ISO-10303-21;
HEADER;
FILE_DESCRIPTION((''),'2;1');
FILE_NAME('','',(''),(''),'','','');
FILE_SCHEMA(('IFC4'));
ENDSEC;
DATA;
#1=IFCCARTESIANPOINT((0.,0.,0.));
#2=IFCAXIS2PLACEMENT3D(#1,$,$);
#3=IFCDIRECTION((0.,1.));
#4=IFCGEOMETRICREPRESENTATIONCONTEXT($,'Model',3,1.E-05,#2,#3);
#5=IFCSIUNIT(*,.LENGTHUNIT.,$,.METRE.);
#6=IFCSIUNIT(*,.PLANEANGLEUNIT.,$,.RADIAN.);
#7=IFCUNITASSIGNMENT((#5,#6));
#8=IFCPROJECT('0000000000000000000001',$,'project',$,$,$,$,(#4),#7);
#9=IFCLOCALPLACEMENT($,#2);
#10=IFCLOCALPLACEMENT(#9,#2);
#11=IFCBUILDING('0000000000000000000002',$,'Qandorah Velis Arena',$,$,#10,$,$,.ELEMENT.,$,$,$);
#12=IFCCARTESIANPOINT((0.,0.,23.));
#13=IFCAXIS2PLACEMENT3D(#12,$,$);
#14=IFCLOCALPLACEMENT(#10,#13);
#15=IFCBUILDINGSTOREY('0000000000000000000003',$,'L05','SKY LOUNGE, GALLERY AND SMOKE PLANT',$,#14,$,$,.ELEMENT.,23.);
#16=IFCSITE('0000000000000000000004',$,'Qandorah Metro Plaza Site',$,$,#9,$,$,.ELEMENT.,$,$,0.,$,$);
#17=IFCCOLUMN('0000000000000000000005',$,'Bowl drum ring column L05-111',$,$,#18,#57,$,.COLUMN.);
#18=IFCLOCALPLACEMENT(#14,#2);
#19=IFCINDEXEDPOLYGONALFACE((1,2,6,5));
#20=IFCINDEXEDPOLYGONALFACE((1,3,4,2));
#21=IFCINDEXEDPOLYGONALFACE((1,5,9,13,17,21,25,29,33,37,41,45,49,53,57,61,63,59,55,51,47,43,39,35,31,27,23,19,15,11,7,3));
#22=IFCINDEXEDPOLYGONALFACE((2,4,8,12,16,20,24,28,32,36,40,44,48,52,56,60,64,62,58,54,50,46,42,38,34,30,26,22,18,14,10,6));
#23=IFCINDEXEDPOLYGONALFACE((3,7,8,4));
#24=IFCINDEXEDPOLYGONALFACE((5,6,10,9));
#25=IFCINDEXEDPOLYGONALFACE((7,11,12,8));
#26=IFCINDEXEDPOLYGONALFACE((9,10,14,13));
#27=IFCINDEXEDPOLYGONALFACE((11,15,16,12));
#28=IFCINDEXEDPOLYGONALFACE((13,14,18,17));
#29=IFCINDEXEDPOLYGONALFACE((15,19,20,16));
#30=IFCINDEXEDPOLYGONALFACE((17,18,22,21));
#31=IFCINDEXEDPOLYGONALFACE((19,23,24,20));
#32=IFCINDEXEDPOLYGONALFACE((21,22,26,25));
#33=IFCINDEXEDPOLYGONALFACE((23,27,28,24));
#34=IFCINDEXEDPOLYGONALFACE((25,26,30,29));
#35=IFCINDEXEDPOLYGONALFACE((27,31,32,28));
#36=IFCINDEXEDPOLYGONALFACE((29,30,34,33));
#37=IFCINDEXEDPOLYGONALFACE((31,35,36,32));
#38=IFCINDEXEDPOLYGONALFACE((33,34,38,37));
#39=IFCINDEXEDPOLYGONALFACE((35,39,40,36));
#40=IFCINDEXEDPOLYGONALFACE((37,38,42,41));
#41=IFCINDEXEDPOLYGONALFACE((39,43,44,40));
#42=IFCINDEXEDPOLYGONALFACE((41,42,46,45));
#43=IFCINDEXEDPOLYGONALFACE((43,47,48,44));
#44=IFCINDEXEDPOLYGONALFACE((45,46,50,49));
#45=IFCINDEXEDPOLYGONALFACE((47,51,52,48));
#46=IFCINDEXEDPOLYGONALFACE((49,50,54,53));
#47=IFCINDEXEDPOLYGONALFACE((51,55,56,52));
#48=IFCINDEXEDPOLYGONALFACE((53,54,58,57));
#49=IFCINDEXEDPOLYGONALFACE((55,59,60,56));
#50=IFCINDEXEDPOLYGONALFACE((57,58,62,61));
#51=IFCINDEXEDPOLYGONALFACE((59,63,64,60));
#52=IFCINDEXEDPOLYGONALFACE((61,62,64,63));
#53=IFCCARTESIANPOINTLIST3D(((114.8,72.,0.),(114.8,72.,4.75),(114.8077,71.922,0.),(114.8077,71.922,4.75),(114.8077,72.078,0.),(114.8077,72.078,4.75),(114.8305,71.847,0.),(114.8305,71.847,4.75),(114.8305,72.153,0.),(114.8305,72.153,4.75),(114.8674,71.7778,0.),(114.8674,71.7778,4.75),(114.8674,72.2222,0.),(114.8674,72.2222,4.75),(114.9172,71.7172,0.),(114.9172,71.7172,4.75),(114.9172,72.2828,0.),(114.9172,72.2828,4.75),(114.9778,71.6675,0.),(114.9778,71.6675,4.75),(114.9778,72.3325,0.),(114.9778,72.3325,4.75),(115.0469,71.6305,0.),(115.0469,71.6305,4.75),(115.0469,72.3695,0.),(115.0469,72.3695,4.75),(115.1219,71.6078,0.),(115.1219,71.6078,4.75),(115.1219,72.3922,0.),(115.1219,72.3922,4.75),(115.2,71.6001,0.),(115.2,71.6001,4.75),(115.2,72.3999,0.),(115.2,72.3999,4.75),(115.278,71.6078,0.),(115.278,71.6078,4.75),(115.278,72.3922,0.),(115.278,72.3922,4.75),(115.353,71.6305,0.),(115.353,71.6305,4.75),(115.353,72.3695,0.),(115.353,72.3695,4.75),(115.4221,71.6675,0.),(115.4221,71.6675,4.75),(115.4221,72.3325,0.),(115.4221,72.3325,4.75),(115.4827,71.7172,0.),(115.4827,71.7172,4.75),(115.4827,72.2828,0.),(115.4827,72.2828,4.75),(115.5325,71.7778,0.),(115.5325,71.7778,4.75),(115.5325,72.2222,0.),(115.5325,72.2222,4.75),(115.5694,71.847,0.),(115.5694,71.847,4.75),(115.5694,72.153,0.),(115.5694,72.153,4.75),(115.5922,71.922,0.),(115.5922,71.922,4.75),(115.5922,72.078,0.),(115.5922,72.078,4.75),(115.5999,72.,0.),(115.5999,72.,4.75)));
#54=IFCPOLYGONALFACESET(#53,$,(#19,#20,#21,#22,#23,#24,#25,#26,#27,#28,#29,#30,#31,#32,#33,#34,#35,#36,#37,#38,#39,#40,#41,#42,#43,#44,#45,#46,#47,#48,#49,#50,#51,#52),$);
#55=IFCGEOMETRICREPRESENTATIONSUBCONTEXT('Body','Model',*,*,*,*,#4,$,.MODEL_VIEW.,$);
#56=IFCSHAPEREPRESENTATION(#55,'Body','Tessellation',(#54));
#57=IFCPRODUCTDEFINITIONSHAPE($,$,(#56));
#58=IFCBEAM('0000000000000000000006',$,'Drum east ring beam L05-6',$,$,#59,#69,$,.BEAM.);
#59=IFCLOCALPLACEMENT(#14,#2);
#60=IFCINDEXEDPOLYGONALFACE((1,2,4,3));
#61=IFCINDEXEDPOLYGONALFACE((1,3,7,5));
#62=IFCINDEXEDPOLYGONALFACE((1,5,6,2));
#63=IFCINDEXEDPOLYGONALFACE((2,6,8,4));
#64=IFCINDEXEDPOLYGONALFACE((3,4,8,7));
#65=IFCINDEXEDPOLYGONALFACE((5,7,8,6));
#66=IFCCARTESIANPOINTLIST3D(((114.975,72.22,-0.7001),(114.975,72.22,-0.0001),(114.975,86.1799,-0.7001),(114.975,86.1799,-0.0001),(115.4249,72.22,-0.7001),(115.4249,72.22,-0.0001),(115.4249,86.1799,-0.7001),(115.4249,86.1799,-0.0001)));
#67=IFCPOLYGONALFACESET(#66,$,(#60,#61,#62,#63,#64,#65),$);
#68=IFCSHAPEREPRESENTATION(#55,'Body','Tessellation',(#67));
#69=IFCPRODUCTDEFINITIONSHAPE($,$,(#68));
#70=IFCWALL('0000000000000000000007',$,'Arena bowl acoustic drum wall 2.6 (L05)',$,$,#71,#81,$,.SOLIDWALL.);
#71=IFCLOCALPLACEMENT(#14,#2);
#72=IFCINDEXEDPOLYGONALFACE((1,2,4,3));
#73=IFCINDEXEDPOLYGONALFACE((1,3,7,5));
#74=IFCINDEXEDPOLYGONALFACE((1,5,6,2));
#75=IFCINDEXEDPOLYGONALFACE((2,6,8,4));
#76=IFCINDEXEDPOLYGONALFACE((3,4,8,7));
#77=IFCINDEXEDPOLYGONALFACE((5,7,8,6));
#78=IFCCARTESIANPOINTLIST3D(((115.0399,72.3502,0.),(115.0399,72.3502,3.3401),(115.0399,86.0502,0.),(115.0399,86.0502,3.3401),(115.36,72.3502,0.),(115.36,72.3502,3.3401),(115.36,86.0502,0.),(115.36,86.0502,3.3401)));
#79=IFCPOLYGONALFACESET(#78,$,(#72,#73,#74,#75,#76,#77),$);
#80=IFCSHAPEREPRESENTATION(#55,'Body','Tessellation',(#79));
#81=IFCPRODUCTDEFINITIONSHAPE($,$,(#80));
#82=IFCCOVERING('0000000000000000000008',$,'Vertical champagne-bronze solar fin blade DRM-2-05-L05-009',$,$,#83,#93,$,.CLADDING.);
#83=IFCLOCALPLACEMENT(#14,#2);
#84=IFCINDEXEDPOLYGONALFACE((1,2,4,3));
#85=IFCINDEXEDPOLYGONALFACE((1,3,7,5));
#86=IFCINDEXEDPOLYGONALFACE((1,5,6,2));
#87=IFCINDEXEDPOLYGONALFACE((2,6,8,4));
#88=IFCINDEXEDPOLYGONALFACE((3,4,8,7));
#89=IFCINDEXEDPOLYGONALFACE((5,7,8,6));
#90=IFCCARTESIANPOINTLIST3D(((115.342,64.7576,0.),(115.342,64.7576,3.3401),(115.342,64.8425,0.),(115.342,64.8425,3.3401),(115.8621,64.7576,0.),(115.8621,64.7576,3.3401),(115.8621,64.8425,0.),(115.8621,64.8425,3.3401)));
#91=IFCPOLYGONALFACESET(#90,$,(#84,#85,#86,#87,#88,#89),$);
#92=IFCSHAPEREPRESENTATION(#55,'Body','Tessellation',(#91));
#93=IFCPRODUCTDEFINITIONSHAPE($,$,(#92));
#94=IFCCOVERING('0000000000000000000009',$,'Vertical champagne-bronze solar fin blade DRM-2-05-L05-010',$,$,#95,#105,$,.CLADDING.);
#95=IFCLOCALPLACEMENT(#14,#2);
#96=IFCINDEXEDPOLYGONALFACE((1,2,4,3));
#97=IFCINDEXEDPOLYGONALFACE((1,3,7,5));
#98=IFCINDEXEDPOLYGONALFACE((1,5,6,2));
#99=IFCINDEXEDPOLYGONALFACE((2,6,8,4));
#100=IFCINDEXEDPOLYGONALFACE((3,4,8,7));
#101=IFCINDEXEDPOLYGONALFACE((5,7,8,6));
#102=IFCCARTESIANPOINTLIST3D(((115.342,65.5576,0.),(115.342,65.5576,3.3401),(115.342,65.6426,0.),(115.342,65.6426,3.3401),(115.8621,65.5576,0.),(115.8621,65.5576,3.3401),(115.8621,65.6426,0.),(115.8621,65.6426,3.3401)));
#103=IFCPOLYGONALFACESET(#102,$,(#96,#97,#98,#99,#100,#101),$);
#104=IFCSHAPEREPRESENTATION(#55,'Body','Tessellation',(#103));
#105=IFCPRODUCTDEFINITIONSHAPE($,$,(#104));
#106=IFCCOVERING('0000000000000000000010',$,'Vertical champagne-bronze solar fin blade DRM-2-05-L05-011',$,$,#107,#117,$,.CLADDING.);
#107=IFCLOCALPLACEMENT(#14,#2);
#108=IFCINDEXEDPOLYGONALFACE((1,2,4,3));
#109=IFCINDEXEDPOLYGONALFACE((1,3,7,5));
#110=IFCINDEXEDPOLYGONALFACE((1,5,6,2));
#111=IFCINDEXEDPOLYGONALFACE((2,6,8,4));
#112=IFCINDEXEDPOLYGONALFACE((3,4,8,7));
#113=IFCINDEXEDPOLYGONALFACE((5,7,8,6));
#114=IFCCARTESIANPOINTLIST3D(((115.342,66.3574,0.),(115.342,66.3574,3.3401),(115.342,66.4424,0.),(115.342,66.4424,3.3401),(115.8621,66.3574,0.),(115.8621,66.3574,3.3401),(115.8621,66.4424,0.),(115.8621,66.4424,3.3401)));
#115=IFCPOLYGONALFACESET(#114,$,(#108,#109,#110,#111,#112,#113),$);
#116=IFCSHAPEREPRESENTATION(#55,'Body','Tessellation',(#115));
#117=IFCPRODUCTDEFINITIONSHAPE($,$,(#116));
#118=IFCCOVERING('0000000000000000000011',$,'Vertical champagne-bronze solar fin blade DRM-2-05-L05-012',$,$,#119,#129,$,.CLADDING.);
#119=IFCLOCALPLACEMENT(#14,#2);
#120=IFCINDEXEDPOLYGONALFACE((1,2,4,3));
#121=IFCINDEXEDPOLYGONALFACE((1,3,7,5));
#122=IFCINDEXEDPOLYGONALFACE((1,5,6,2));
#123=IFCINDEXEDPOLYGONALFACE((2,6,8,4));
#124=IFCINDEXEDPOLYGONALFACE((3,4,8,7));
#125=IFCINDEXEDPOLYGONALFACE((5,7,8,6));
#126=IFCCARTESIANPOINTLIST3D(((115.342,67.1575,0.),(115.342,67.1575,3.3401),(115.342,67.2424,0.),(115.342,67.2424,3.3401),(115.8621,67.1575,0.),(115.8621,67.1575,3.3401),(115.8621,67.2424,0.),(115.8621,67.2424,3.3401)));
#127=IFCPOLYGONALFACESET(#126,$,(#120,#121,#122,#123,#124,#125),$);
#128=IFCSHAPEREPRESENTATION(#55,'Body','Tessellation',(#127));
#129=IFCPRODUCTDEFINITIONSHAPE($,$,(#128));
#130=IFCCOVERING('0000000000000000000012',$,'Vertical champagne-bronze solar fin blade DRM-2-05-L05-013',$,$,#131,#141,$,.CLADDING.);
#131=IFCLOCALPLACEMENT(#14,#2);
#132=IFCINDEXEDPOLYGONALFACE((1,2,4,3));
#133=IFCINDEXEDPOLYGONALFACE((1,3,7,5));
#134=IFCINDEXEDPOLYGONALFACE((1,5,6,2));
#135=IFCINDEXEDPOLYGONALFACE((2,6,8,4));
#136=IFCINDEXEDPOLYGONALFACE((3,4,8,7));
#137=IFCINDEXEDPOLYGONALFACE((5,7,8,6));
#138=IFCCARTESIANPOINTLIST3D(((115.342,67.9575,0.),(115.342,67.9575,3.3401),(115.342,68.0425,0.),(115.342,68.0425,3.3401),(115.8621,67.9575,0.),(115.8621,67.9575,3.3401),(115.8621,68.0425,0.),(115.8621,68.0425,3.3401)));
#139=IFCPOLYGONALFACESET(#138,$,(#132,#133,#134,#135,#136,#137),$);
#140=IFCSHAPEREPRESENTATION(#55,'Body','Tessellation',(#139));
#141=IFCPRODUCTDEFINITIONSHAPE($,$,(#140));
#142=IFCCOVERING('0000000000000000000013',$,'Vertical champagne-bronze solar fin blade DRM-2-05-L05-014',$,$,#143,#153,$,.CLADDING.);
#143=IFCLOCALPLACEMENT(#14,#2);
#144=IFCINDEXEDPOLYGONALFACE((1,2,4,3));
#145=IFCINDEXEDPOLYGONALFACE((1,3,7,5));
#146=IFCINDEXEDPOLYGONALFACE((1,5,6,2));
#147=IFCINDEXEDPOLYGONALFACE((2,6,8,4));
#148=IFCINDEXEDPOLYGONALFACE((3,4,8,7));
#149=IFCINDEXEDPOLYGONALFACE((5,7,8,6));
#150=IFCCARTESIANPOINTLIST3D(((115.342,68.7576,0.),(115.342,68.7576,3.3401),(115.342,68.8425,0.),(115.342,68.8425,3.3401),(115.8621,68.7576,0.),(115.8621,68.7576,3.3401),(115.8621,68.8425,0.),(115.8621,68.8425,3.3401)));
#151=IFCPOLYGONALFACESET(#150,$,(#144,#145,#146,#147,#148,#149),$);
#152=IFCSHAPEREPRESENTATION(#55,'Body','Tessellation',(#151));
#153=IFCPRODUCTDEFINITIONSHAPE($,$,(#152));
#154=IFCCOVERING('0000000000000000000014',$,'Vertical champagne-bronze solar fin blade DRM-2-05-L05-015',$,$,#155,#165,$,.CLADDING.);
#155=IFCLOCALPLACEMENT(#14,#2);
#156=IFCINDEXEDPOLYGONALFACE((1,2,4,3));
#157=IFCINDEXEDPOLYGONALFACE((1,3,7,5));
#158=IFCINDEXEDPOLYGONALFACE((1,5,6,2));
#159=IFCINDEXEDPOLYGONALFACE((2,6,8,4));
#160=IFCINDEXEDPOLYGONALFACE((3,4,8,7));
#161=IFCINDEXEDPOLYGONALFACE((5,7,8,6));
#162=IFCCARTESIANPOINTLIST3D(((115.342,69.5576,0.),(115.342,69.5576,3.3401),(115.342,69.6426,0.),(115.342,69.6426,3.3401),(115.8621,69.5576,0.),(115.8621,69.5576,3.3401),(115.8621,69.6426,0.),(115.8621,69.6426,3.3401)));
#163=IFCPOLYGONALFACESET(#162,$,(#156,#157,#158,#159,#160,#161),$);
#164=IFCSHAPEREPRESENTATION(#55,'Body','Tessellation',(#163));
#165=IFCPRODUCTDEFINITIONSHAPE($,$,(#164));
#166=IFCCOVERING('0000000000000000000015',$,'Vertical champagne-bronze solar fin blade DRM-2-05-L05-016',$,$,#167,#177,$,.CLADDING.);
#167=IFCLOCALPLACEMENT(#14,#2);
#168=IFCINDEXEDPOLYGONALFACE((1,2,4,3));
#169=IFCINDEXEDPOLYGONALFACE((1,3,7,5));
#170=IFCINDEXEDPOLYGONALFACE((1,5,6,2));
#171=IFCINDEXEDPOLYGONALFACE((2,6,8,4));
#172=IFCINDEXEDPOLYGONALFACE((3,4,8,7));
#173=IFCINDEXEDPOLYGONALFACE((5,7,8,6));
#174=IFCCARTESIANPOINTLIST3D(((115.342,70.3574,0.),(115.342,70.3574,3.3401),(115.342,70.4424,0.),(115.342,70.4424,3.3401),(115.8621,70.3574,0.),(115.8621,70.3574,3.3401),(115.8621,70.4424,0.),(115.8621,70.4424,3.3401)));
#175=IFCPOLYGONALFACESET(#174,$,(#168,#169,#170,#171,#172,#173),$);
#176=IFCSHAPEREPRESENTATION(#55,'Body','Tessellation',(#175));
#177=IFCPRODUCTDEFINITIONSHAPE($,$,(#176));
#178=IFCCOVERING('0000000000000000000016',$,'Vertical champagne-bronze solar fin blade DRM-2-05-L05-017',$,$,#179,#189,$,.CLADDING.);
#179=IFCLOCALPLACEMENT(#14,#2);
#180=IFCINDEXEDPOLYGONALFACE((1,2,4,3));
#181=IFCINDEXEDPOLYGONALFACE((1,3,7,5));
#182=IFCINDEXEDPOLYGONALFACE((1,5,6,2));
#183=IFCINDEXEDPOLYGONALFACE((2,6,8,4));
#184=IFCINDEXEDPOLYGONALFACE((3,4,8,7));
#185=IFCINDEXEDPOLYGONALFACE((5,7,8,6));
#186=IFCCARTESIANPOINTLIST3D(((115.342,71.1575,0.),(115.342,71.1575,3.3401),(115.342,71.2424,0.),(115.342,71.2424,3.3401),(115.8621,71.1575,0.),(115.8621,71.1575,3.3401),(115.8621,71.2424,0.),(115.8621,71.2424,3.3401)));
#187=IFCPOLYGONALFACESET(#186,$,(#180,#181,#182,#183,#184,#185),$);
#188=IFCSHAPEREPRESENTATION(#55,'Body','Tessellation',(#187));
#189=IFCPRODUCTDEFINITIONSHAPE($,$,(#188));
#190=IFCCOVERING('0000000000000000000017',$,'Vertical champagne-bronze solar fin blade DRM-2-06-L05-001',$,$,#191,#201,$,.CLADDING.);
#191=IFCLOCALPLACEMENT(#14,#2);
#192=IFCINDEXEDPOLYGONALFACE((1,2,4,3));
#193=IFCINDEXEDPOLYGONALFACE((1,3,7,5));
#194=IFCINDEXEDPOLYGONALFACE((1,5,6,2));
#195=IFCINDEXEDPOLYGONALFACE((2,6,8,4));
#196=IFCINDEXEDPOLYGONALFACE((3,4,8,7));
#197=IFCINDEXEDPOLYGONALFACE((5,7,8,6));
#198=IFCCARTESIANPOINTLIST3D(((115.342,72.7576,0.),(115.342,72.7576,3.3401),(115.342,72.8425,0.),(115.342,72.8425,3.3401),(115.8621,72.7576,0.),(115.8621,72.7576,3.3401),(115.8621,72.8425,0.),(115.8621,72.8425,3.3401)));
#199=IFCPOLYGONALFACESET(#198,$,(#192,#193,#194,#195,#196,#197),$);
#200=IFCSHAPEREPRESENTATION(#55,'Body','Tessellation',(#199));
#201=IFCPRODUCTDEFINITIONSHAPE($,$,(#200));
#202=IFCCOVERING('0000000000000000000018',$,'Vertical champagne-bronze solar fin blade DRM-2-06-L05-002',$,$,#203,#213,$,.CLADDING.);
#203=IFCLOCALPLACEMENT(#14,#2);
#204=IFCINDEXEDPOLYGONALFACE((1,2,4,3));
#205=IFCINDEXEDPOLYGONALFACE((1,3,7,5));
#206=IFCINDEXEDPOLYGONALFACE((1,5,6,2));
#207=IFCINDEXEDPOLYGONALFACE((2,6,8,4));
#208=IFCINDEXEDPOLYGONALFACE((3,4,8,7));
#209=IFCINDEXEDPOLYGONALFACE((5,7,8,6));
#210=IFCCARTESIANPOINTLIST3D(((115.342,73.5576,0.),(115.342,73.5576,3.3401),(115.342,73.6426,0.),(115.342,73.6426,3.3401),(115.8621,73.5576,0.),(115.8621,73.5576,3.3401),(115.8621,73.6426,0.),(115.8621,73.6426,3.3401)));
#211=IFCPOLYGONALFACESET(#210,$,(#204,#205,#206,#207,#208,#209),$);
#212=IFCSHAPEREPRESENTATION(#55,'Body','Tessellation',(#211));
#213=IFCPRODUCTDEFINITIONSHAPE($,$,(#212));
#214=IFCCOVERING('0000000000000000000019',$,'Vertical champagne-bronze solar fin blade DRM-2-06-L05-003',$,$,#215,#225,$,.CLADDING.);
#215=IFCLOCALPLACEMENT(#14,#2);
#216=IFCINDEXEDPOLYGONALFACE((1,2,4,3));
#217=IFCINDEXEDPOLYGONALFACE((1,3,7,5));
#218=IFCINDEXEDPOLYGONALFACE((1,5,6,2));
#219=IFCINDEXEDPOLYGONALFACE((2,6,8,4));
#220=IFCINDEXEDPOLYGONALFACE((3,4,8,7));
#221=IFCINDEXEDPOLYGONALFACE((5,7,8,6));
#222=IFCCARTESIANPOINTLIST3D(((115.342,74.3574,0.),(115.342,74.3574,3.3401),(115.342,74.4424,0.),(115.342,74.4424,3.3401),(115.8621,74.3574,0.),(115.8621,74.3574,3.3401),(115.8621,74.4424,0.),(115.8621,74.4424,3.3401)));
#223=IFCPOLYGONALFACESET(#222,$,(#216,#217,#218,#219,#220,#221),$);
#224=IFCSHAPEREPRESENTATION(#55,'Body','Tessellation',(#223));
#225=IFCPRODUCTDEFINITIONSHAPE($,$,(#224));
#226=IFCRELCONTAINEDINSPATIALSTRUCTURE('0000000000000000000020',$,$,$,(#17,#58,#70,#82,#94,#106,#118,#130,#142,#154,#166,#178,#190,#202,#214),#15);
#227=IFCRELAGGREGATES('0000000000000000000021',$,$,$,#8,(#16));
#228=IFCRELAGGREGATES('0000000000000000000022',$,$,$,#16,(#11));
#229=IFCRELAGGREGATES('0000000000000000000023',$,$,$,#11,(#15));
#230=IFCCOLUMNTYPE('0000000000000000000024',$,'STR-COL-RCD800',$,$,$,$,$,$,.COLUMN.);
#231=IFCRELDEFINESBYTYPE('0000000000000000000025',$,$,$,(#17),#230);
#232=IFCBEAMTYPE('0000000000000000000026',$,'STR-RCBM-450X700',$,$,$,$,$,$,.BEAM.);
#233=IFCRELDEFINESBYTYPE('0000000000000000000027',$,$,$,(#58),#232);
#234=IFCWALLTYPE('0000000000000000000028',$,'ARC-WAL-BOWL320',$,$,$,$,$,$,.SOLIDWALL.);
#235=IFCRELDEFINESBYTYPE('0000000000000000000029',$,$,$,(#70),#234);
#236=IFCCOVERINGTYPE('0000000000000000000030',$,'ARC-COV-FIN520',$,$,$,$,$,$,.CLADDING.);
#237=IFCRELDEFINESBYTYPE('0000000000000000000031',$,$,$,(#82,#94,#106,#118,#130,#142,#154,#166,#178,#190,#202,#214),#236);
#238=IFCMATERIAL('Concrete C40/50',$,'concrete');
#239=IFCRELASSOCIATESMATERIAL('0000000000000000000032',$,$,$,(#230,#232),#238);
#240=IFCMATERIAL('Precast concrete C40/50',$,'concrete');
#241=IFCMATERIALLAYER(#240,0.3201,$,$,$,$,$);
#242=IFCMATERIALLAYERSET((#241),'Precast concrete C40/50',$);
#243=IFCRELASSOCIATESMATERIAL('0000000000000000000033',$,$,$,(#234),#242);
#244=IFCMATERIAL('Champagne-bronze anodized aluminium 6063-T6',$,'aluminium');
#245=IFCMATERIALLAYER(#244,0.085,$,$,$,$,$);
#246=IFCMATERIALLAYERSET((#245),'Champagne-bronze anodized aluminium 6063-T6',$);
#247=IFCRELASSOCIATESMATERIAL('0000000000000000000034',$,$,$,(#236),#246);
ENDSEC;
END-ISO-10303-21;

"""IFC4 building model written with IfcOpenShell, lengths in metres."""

from ifc_helpers import new_model, si_unit, direction, frame, frame_2d, origin, origin_2d, place, context, subcontext, project, spatial, rectangle, circle, extrude, material, layer, layer_set, material_profile, profile_set, type_object, element, save


model = new_model("IFC4")

# Units and contexts
model_context = context("Model", 3, precision=1e-05, world=origin(), true_north=direction((0.0, 1.0)))
body_context = subcontext(model_context, "Body", "Model", "MODEL_VIEW")
ifc_project = project(units=[si_unit("LENGTHUNIT", "METRE"), si_unit("PLANEANGLEUNIT", "RADIAN")], contexts=[model_context])

# Site, building, storey
site_placement = place(None, origin())
site = spatial("IfcSite", under=ifc_project, at=site_placement, Name="Qandorah Metro Plaza Site", CompositionType="ELEMENT", RefElevation=0.0)
building_placement = place(site_placement, origin())
building = spatial("IfcBuilding", under=site, at=building_placement, Name="Qandorah Velis Arena", CompositionType="ELEMENT")
storey_placement = place(building_placement, frame((0.0, 0.0, 23.0)))
storey = spatial("IfcBuildingStorey", under=building, at=storey_placement, Name="L05", Description="SKY LOUNGE, GALLERY AND SMOKE PLANT", CompositionType="ELEMENT", Elevation=23.0)

# Column
ifc_material_1 = material(Name="Concrete C40/50", Category="concrete")
ifc_material_profile_1 = material_profile(ifc_material_1, circle(Radius=0.3999, at=origin_2d()), Name="RC D800")
ifc_profile_set_1 = profile_set([ifc_material_profile_1], Name="Concrete C40/50")
column_type = type_object("IfcColumnType", Name="STR-COL-RCD800", PredefinedType="COLUMN", material=ifc_profile_set_1)
column_placement = place(storey_placement, frame((115.2, 72.0, 0.0), z_axis=(0.0, 0.0, 1.0), x_axis=(1.0, 0.0, 0.0)))
element("IfcColumn", 1, at=column_placement, inside=storey, type_object=column_type, Name="Bowl drum ring column L05-111", PredefinedType="COLUMN", context=body_context, shape_type="SweptSolid", body=[
    extrude(circle(Radius=0.3999, at=origin_2d()), origin(), (0.0, 0.0, 1.0), 4.75),
])

# Beam
ifc_material_profile_2 = material_profile(ifc_material_1, rectangle(XDim=0.45, YDim=0.7, at=origin_2d()), Name="RC BM 450x700")
ifc_profile_set_2 = profile_set([ifc_material_profile_2], Name="Concrete C40/50")
beam_type = type_object("IfcBeamType", Name="STR-RCBM-450X700", PredefinedType="BEAM", material=ifc_profile_set_2)
beam_placement = place(storey_placement, frame((115.2, 72.22, -0.3501), z_axis=(0.0, 1.0, 0.0), x_axis=(-1.0, 0.0, 0.0)))
element("IfcBeam", 2, at=beam_placement, inside=storey, type_object=beam_type, Name="Drum east ring beam L05-6", PredefinedType="BEAM", context=body_context, shape_type="SweptSolid", body=[
    extrude(rectangle(XDim=0.45, YDim=0.7, at=origin_2d()), origin(), (0.0, 0.0, 1.0), 13.96),
])

# Wall
ifc_material_2 = material(Name="Precast concrete C40/50", Category="concrete")
ifc_layer_1 = layer(ifc_material_2, 0.3201)
ifc_layer_set_1 = layer_set([ifc_layer_1], Name="Precast concrete C40/50")
wall_type = type_object("IfcWallType", Name="ARC-WAL-BOWL320", PredefinedType="SOLIDWALL", material=ifc_layer_set_1)
wall_placement = place(storey_placement, frame((115.2, 72.3501, 0.0), z_axis=(0.0, 0.0, 1.0), x_axis=(0.0, 1.0, 0.0)))
element("IfcWall", 3, at=wall_placement, inside=storey, type_object=wall_type, Name="Arena bowl acoustic drum wall 2.6 (L05)", PredefinedType="SOLIDWALL", context=body_context, shape_type="SweptSolid", body=[
    extrude(rectangle(XDim=13.7, YDim=0.3201, at=frame_2d((6.8501, 0.0))), origin(), (0.0, 0.0, 1.0), 3.3401),
])

# Coverings
ifc_material_3 = material(Name="Champagne-bronze anodized aluminium 6063-T6", Category="aluminium")
ifc_layer_2 = layer(ifc_material_3, 0.085)
ifc_layer_set_2 = layer_set([ifc_layer_2], Name="Champagne-bronze anodized aluminium 6063-T6")
covering_type = type_object("IfcCoveringType", Name="ARC-COV-FIN520", PredefinedType="CLADDING", material=ifc_layer_set_2)
for number, where, z_axis, x_axis, name in (
    (4, (115.6021, 64.8, 0.0), (0.0, 0.0, 1.0), (1.0, 0.0, 0.0), "Vertical champagne-bronze solar fin blade DRM-2-05-L05-009"),
    (5, (115.6021, 65.6001, 0.0), (0.0, 0.0, 1.0), (1.0, 0.0, 0.0), "Vertical champagne-bronze solar fin blade DRM-2-05-L05-010"),
    (6, (115.6021, 66.3999, 0.0), (0.0, 0.0, 1.0), (1.0, 0.0, 0.0), "Vertical champagne-bronze solar fin blade DRM-2-05-L05-011"),
    (7, (115.6021, 67.2, 0.0), (0.0, 0.0, 1.0), (1.0, 0.0, 0.0), "Vertical champagne-bronze solar fin blade DRM-2-05-L05-012"),
    (8, (115.6021, 68.0, 0.0), (0.0, 0.0, 1.0), (1.0, 0.0, 0.0), "Vertical champagne-bronze solar fin blade DRM-2-05-L05-013"),
    (9, (115.6021, 68.8, 0.0), (0.0, 0.0, 1.0), (1.0, 0.0, 0.0), "Vertical champagne-bronze solar fin blade DRM-2-05-L05-014"),
    (10, (115.6021, 69.6001, 0.0), (0.0, 0.0, 1.0), (1.0, 0.0, 0.0), "Vertical champagne-bronze solar fin blade DRM-2-05-L05-015"),
    (11, (115.6021, 70.3999, 0.0), (0.0, 0.0, 1.0), (1.0, 0.0, 0.0), "Vertical champagne-bronze solar fin blade DRM-2-05-L05-016"),
    (12, (115.6021, 71.2, 0.0), (0.0, 0.0, 1.0), (1.0, 0.0, 0.0), "Vertical champagne-bronze solar fin blade DRM-2-05-L05-017"),
    (13, (115.6021, 72.8, 0.0), (0.0, 0.0, 1.0), (1.0, 0.0, 0.0), "Vertical champagne-bronze solar fin blade DRM-2-06-L05-001"),
    (14, (115.6021, 73.6001, 0.0), (0.0, 0.0, 1.0), (1.0, 0.0, 0.0), "Vertical champagne-bronze solar fin blade DRM-2-06-L05-002"),
    (15, (115.6021, 74.3999, 0.0), (0.0, 0.0, 1.0), (1.0, 0.0, 0.0), "Vertical champagne-bronze solar fin blade DRM-2-06-L05-003"),
):
    element("IfcCovering", number, at=place(storey_placement, frame(where, z_axis=z_axis, x_axis=x_axis)), inside=storey, type_object=covering_type, Name=name, PredefinedType="CLADDING", context=body_context, shape_type="SweptSolid", body=[
        extrude(rectangle(XDim=0.52, YDim=0.085, at=origin_2d()), origin(), (0.0, 0.0, 1.0), 3.3401),
    ])

save(model, "model.ifc")
